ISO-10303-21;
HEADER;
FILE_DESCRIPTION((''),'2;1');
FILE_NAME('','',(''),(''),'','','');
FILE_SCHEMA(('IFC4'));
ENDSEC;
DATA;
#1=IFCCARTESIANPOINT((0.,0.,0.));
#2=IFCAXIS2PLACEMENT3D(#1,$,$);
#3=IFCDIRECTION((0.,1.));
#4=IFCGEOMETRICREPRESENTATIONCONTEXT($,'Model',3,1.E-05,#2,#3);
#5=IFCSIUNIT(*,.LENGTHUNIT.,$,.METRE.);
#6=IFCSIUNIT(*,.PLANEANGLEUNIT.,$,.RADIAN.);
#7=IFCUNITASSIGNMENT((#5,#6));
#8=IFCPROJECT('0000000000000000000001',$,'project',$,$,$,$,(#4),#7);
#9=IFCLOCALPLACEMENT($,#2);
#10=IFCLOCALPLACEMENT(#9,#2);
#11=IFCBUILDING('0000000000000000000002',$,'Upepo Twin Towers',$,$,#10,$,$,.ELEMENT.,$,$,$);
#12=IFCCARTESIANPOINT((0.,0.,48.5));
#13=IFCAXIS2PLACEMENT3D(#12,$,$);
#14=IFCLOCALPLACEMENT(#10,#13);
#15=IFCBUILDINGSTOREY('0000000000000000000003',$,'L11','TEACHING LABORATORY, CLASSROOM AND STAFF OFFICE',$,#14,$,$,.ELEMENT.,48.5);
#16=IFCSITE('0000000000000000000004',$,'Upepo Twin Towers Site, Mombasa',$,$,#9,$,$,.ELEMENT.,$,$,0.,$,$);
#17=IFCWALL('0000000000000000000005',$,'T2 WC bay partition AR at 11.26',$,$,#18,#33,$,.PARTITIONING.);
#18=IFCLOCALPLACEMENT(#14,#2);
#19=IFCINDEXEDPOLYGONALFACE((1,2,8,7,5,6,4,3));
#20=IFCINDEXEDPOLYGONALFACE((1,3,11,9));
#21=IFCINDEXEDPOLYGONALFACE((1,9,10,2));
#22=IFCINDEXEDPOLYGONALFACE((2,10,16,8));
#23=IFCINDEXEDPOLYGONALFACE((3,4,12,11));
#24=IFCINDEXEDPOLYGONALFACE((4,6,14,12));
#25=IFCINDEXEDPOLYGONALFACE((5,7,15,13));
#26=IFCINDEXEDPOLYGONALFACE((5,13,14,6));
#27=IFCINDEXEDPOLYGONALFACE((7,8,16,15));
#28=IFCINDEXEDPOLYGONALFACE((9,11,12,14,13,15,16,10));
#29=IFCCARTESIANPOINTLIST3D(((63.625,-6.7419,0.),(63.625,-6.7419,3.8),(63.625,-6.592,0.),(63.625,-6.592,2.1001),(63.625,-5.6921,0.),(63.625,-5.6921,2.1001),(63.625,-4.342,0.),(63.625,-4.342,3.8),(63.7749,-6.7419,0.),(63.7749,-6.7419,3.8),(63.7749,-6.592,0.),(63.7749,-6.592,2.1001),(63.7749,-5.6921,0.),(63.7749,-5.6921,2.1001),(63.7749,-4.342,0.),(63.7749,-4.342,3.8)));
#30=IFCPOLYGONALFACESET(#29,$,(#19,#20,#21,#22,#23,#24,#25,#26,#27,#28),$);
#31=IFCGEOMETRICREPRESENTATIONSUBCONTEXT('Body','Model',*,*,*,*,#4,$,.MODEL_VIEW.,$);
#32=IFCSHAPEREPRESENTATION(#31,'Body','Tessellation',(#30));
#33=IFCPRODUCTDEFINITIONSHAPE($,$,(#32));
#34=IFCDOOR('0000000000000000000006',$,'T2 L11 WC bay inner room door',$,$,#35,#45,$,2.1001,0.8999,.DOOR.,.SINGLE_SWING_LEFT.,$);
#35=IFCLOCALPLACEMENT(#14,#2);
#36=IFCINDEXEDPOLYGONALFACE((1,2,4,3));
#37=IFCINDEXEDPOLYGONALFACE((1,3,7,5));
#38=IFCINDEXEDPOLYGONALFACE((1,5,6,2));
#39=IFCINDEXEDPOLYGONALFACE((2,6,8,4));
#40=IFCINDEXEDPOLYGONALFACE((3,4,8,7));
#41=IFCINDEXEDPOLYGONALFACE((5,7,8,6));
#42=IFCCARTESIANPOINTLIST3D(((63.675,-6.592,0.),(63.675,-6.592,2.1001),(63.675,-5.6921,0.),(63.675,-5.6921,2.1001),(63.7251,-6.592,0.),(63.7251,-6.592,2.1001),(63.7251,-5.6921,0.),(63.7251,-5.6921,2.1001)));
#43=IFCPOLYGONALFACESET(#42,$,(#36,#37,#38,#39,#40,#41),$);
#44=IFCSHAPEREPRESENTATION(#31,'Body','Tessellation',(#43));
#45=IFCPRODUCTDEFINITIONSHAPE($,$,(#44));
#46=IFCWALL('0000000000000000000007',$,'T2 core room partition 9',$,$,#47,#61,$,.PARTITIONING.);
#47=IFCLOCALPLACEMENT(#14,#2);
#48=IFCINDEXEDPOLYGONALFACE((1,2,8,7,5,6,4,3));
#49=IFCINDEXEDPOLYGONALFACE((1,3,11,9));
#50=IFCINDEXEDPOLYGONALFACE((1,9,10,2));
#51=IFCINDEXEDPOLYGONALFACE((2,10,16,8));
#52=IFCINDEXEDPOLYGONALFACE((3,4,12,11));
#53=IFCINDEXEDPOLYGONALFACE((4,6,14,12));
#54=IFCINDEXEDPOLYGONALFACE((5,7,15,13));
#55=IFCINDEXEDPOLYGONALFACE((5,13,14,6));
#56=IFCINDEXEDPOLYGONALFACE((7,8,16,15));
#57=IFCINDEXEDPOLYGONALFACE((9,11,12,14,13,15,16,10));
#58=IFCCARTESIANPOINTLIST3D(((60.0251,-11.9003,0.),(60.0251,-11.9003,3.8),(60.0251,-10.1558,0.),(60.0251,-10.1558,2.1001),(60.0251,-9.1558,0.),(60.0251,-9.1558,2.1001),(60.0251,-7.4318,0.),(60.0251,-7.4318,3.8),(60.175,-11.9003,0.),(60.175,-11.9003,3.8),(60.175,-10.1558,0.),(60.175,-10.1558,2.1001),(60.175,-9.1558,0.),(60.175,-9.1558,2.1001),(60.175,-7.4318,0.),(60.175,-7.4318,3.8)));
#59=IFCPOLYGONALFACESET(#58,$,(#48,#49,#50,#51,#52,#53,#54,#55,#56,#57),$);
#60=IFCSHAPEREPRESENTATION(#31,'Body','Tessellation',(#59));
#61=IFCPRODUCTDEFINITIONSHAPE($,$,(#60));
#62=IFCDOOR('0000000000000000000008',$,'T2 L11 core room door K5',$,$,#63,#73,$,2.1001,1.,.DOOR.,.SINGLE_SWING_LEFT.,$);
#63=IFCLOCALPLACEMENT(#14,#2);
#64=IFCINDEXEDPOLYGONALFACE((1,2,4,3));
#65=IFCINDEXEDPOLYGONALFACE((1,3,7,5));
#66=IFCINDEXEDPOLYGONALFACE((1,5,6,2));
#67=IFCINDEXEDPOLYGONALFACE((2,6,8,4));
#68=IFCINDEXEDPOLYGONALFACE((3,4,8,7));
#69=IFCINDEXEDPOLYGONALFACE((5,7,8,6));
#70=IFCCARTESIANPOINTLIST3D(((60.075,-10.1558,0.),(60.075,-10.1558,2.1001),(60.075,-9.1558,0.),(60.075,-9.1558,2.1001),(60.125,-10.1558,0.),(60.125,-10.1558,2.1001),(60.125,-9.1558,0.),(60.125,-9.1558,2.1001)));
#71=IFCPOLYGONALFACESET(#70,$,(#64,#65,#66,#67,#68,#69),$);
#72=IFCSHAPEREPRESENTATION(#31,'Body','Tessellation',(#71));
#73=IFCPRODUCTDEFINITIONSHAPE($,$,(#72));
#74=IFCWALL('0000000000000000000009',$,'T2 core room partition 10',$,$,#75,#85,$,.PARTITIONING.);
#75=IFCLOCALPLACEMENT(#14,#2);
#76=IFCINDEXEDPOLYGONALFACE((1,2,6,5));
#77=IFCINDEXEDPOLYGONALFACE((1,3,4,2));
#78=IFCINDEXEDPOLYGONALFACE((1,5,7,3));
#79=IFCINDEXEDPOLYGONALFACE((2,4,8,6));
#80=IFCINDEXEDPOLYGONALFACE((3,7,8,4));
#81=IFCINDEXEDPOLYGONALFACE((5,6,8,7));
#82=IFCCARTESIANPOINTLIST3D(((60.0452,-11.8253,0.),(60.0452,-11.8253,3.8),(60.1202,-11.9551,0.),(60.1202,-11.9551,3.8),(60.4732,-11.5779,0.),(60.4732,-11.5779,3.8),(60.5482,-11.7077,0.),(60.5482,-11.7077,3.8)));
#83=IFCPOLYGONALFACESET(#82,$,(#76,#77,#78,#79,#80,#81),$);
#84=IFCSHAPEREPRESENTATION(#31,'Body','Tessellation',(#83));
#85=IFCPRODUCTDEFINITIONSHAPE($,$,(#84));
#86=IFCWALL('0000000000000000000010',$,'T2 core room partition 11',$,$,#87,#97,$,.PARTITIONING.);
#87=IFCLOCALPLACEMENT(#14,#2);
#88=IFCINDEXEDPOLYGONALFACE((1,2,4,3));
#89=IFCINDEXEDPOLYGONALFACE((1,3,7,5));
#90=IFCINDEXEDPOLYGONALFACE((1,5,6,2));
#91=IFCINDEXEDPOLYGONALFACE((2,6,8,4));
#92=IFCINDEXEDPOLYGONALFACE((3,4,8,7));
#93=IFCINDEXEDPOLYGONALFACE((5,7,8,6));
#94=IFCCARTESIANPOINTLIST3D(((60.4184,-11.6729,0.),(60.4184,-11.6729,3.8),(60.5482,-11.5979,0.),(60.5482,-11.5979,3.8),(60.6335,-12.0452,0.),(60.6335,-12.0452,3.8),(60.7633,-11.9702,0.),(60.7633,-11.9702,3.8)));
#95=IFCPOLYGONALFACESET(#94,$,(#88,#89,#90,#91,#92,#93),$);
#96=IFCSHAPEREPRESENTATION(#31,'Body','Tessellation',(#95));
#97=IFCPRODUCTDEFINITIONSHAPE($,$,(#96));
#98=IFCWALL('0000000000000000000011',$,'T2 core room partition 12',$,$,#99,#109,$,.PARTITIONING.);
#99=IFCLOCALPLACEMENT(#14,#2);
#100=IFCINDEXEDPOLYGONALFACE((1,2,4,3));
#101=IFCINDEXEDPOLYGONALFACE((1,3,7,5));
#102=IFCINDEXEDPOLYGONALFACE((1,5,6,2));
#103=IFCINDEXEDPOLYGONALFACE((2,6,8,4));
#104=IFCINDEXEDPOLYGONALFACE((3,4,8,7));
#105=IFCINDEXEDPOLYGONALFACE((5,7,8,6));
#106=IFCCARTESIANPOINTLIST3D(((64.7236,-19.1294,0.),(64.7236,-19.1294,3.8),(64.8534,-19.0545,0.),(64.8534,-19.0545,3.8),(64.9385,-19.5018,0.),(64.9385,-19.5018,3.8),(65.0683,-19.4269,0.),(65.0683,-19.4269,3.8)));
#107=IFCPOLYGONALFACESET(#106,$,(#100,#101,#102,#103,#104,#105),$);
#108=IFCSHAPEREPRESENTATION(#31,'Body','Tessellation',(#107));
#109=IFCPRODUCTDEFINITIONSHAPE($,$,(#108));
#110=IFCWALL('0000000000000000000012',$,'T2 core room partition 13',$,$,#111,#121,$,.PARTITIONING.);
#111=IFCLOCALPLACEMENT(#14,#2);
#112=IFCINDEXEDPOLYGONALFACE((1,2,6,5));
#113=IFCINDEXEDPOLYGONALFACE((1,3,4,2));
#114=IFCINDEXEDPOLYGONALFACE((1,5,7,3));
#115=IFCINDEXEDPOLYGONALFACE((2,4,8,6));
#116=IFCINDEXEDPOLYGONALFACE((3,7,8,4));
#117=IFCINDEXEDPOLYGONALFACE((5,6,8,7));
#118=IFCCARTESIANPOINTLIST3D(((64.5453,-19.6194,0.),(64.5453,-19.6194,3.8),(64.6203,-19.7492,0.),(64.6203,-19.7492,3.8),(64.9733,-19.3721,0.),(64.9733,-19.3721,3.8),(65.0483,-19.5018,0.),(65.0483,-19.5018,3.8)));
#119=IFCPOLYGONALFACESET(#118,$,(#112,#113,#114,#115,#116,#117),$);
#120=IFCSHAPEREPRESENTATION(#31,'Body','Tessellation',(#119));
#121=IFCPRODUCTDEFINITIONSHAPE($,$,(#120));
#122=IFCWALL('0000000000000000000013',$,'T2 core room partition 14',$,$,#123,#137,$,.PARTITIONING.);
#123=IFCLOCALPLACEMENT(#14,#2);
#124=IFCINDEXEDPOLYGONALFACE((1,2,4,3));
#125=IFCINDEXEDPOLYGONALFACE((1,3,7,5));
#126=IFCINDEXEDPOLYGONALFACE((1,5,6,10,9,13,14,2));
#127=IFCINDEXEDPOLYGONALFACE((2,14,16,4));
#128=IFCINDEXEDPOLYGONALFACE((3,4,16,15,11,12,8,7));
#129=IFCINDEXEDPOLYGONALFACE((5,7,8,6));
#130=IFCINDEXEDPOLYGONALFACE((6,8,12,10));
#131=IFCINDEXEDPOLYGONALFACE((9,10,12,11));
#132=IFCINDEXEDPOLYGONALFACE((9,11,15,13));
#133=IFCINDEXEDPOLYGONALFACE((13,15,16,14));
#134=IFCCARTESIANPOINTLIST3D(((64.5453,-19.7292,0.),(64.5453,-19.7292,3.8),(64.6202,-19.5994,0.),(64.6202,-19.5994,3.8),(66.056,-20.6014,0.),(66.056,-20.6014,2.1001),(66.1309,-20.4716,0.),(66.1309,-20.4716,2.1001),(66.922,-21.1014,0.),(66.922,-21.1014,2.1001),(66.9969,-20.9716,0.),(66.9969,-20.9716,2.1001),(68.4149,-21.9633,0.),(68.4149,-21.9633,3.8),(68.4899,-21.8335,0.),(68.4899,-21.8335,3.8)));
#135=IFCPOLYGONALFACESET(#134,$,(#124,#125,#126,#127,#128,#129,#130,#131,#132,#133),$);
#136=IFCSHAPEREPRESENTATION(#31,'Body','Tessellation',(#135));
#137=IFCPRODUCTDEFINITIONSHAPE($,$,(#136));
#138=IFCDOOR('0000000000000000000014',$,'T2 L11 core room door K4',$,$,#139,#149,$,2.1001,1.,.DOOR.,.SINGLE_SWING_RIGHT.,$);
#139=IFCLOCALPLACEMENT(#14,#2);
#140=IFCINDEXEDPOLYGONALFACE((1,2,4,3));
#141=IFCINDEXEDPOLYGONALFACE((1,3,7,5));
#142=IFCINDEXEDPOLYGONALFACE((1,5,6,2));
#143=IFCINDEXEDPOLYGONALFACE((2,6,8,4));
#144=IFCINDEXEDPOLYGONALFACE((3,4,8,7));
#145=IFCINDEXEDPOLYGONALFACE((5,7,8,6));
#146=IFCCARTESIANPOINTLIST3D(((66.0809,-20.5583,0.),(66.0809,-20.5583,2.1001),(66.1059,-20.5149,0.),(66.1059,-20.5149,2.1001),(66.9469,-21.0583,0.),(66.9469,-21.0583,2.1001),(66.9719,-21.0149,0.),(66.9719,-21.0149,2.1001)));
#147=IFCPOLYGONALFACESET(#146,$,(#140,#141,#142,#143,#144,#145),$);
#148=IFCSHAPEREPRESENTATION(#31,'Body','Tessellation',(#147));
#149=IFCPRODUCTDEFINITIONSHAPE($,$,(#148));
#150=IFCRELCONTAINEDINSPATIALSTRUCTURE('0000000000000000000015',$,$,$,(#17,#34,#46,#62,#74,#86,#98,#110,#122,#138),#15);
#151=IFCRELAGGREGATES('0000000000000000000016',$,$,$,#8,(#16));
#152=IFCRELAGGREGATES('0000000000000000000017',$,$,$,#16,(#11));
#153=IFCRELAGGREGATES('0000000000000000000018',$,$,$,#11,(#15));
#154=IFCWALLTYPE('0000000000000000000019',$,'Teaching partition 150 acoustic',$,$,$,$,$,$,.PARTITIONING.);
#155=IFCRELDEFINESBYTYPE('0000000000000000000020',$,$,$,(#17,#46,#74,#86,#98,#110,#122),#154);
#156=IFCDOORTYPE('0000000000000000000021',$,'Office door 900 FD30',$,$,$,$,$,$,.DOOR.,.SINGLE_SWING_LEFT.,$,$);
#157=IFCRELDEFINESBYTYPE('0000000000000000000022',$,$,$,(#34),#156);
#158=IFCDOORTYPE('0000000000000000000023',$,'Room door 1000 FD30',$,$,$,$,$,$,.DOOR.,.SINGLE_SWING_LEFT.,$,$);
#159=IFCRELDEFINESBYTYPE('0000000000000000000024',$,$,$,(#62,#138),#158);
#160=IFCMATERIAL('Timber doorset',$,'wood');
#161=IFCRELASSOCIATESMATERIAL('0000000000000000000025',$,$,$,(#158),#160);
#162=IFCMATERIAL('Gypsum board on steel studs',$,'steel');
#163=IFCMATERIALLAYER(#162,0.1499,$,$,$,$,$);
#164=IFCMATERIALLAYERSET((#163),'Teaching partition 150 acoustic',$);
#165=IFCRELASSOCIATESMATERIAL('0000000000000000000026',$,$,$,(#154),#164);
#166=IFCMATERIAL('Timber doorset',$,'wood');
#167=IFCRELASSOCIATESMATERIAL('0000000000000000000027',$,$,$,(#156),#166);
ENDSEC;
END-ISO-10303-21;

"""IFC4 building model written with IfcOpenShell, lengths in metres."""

from ifc_helpers import new_model, si_unit, direction, frame, frame_2d, origin, place, context, subcontext, project, spatial, rectangle, extrude, material, layer, layer_set, type_object, element, fill, save


model = new_model("IFC4")

# Units and contexts
model_context = context("Model", 3, precision=1e-05, world=origin(), true_north=direction((0.0, 1.0)))
body_context = subcontext(model_context, "Body", "Model", "MODEL_VIEW")
ifc_project = project(units=[si_unit("LENGTHUNIT", "METRE"), si_unit("PLANEANGLEUNIT", "RADIAN")], contexts=[model_context])

# Site, building, storey
site_placement = place(None, origin())
site = spatial("IfcSite", under=ifc_project, at=site_placement, Name="Upepo Twin Towers Site, Mombasa", CompositionType="ELEMENT", RefElevation=0.0)
building_placement = place(site_placement, origin())
building = spatial("IfcBuilding", under=site, at=building_placement, Name="Upepo Twin Towers", CompositionType="ELEMENT")
storey_placement = place(building_placement, frame((0.0, 0.0, 48.5)))
storey = spatial("IfcBuildingStorey", under=building, at=storey_placement, Name="L11", Description="TEACHING LABORATORY, CLASSROOM AND STAFF OFFICE", CompositionType="ELEMENT", Elevation=48.5)

# Shared definitions
ifc_material_1 = material(Name="Timber doorset", Category="wood")
door_type_1 = type_object("IfcDoorType", Name="Room door 1000 FD30", OperationType="SINGLE_SWING_LEFT", PredefinedType="DOOR", material=ifc_material_1)

# Walls, openings, doors
ifc_material_2 = material(Name="Gypsum board on steel studs", Category="steel")
ifc_layer_1 = layer(ifc_material_2, 0.1499)
ifc_layer_set_1 = layer_set([ifc_layer_1], Name="Teaching partition 150 acoustic")
wall_type_1 = type_object("IfcWallType", Name="Teaching partition 150 acoustic", PredefinedType="PARTITIONING", material=ifc_layer_set_1)
wall_1_placement = place(storey_placement, frame((63.7, -6.7419, 0.0), z_axis=(0.0, 0.0, 1.0), x_axis=(0.0, 1.0, 0.0)))
wall_1 = element("IfcWall", 1, at=wall_1_placement, inside=storey, type_object=wall_type_1, Name="T2 WC bay partition AR at 11.26", PredefinedType="PARTITIONING", context=body_context, shape_type="SweptSolid", body=[
    extrude(rectangle(XDim=2.3999, YDim=0.1499, at=frame_2d((1.2, 0.0))), origin(), (0.0, 0.0, 1.0), 3.8),
])
opening_1_placement = place(wall_1_placement, frame((0.1499, 0.0, 0.0)))
opening_1 = element("IfcOpeningElement", 2, at=opening_1_placement, cuts=wall_1, PredefinedType="OPENING", context=body_context, shape_type="SweptSolid", body=[
    extrude(rectangle(XDim=0.8999, YDim=2.1001, at=frame_2d((0.45, 1.05))), frame((0.0, 0.085, 0.0), z_axis=(0.0, -1.0, 0.0), x_axis=(1.0, 0.0, 0.0)), (0.0, 0.0, 1.0), 0.1699),
])
ifc_material_3 = material(Name="Timber doorset", Category="wood")
door_type_2 = type_object("IfcDoorType", Name="Office door 900 FD30", OperationType="SINGLE_SWING_LEFT", PredefinedType="DOOR", material=ifc_material_3)
door_1_placement = place(opening_1_placement, origin())
door_1 = element("IfcDoor", 3, at=door_1_placement, inside=storey, type_object=door_type_2, Name="T2 L11 WC bay inner room door", OperationType="SINGLE_SWING_LEFT", OverallHeight=2.1001, OverallWidth=0.8999, PredefinedType="DOOR", context=body_context, shape_type="SweptSolid", body=[
    extrude(rectangle(XDim=0.8999, YDim=2.1001, at=frame_2d((0.45, 1.05))), frame((0.0, 0.0249, 0.0), z_axis=(0.0, -1.0, 0.0), x_axis=(1.0, 0.0, 0.0)), (0.0, 0.0, 1.0), 0.05),
])
fill(opening_1, door_1)
wall_2_placement = place(storey_placement, frame((60.1001, -7.4316, 0.0), z_axis=(0.0, 0.0, 1.0), x_axis=(0.0, -1.0, 0.0)))
wall_2 = element("IfcWall", 4, at=wall_2_placement, inside=storey, type_object=wall_type_1, Name="T2 core room partition 9", PredefinedType="PARTITIONING", context=body_context, shape_type="SweptSolid", body=[
    extrude(rectangle(XDim=4.4685, YDim=0.1499, at=frame_2d((2.2344, 0.0))), origin(), (0.0, 0.0, 1.0), 3.8),
])
opening_2_placement = place(wall_2_placement, frame((1.7241, 0.0, 0.0)))
opening_2 = element("IfcOpeningElement", 5, at=opening_2_placement, cuts=wall_2, PredefinedType="OPENING", context=body_context, shape_type="SweptSolid", body=[
    extrude(rectangle(XDim=1.0, YDim=2.1001, at=frame_2d((0.5, 1.05))), frame((0.0, 0.085, 0.0), z_axis=(0.0, -1.0, 0.0), x_axis=(1.0, 0.0, 0.0)), (0.0, 0.0, 1.0), 0.1699),
])
door_2_placement = place(opening_2_placement, origin())
door_2 = element("IfcDoor", 6, at=door_2_placement, inside=storey, type_object=door_type_1, Name="T2 L11 core room door K5", OperationType="SINGLE_SWING_LEFT", OverallHeight=2.1001, OverallWidth=1.0, PredefinedType="DOOR", context=body_context, shape_type="SweptSolid", body=[
    extrude(rectangle(XDim=1.0, YDim=2.1001, at=frame_2d((0.5, 1.05))), frame((0.0, 0.0249, 0.0), z_axis=(0.0, -1.0, 0.0), x_axis=(1.0, 0.0, 0.0)), (0.0, 0.0, 1.0), 0.05),
])
fill(opening_2, door_2)

# Walls
wall_3_placement = place(storey_placement, frame((60.0828, -11.8901, 0.0), z_axis=(0.0, 0.0, 1.0), x_axis=(0.865832, 0.500335, 0.0)))
element("IfcWall", 7, at=wall_3_placement, inside=storey, type_object=wall_type_1, Name="T2 core room partition 10", PredefinedType="PARTITIONING", context=body_context, shape_type="SweptSolid", body=[
    extrude(rectangle(XDim=0.4944, YDim=0.1499, at=frame_2d((0.2471, 0.0))), origin(), (0.0, 0.0, 1.0), 3.8),
])
for number, where, z_axis, x_axis, name in (
    (8, (60.4834, -11.6355, 0.0), (0.0, 0.0, 1.0), (0.50023, -0.865892, 0.0), "T2 core room partition 11"),
    (9, (64.7886, -19.092, 0.0), (0.0, 0.0, 1.0), (0.499804, -0.866138, 0.0), "T2 core room partition 12"),
):
    element("IfcWall", number, at=place(storey_placement, frame(where, z_axis=z_axis, x_axis=x_axis)), inside=storey, type_object=wall_type_1, Name=name, PredefinedType="PARTITIONING", context=body_context, shape_type="SweptSolid", body=[
        extrude(rectangle(XDim=0.4299, YDim=0.1499, at=frame_2d((0.2148, 0.0))), origin(), (0.0, 0.0, 1.0), 3.8),
    ])
wall_4_placement = place(storey_placement, frame((65.0107, -19.437, 0.0), z_axis=(0.0, 0.0, 1.0), x_axis=(-0.865832, -0.500335, 0.0)))
element("IfcWall", 10, at=wall_4_placement, inside=storey, type_object=wall_type_1, Name="T2 core room partition 13", PredefinedType="PARTITIONING", context=body_context, shape_type="SweptSolid", body=[
    extrude(rectangle(XDim=0.4944, YDim=0.1499, at=frame_2d((0.2471, 0.0))), origin(), (0.0, 0.0, 1.0), 3.8),
])

# Wall, opening, door
wall_5_placement = place(storey_placement, frame((64.5828, -19.6643, 0.0), z_axis=(0.0, 0.0, 1.0), x_axis=(0.866025, -0.5, 0.0)))
wall_5 = element("IfcWall", 11, at=wall_5_placement, inside=storey, type_object=wall_type_1, Name="T2 core room partition 14", PredefinedType="PARTITIONING", context=body_context, shape_type="SweptSolid", body=[
    extrude(rectangle(XDim=4.4683, YDim=0.1499, at=frame_2d((2.2341, 0.0))), origin(), (0.0, 0.0, 1.0), 3.8),
])
opening_3_placement = place(wall_5_placement, frame((1.7444, 0.0, 0.0)))
opening_3 = element("IfcOpeningElement", 12, at=opening_3_placement, cuts=wall_5, PredefinedType="OPENING", context=body_context, shape_type="SweptSolid", body=[
    extrude(rectangle(XDim=1.0, YDim=2.1001, at=frame_2d((0.5, 1.05))), frame((0.0, 0.085, 0.0), z_axis=(0.0, -1.0, 0.0), x_axis=(1.0, 0.0, 0.0)), (0.0, 0.0, 1.0), 0.1699),
])
door_3_placement = place(opening_3_placement, origin())
door_3 = element("IfcDoor", 13, at=door_3_placement, inside=storey, type_object=door_type_1, Name="T2 L11 core room door K4", OperationType="SINGLE_SWING_RIGHT", OverallHeight=2.1001, OverallWidth=1.0, PredefinedType="DOOR", context=body_context, shape_type="SweptSolid", body=[
    extrude(rectangle(XDim=1.0, YDim=2.1001, at=frame_2d((0.5, 1.05))), frame((0.0, 0.0249, 0.0), z_axis=(0.0, -1.0, 0.0), x_axis=(1.0, 0.0, 0.0)), (0.0, 0.0, 1.0), 0.05),
])
fill(opening_3, door_3)

save(model, "model.ifc")
